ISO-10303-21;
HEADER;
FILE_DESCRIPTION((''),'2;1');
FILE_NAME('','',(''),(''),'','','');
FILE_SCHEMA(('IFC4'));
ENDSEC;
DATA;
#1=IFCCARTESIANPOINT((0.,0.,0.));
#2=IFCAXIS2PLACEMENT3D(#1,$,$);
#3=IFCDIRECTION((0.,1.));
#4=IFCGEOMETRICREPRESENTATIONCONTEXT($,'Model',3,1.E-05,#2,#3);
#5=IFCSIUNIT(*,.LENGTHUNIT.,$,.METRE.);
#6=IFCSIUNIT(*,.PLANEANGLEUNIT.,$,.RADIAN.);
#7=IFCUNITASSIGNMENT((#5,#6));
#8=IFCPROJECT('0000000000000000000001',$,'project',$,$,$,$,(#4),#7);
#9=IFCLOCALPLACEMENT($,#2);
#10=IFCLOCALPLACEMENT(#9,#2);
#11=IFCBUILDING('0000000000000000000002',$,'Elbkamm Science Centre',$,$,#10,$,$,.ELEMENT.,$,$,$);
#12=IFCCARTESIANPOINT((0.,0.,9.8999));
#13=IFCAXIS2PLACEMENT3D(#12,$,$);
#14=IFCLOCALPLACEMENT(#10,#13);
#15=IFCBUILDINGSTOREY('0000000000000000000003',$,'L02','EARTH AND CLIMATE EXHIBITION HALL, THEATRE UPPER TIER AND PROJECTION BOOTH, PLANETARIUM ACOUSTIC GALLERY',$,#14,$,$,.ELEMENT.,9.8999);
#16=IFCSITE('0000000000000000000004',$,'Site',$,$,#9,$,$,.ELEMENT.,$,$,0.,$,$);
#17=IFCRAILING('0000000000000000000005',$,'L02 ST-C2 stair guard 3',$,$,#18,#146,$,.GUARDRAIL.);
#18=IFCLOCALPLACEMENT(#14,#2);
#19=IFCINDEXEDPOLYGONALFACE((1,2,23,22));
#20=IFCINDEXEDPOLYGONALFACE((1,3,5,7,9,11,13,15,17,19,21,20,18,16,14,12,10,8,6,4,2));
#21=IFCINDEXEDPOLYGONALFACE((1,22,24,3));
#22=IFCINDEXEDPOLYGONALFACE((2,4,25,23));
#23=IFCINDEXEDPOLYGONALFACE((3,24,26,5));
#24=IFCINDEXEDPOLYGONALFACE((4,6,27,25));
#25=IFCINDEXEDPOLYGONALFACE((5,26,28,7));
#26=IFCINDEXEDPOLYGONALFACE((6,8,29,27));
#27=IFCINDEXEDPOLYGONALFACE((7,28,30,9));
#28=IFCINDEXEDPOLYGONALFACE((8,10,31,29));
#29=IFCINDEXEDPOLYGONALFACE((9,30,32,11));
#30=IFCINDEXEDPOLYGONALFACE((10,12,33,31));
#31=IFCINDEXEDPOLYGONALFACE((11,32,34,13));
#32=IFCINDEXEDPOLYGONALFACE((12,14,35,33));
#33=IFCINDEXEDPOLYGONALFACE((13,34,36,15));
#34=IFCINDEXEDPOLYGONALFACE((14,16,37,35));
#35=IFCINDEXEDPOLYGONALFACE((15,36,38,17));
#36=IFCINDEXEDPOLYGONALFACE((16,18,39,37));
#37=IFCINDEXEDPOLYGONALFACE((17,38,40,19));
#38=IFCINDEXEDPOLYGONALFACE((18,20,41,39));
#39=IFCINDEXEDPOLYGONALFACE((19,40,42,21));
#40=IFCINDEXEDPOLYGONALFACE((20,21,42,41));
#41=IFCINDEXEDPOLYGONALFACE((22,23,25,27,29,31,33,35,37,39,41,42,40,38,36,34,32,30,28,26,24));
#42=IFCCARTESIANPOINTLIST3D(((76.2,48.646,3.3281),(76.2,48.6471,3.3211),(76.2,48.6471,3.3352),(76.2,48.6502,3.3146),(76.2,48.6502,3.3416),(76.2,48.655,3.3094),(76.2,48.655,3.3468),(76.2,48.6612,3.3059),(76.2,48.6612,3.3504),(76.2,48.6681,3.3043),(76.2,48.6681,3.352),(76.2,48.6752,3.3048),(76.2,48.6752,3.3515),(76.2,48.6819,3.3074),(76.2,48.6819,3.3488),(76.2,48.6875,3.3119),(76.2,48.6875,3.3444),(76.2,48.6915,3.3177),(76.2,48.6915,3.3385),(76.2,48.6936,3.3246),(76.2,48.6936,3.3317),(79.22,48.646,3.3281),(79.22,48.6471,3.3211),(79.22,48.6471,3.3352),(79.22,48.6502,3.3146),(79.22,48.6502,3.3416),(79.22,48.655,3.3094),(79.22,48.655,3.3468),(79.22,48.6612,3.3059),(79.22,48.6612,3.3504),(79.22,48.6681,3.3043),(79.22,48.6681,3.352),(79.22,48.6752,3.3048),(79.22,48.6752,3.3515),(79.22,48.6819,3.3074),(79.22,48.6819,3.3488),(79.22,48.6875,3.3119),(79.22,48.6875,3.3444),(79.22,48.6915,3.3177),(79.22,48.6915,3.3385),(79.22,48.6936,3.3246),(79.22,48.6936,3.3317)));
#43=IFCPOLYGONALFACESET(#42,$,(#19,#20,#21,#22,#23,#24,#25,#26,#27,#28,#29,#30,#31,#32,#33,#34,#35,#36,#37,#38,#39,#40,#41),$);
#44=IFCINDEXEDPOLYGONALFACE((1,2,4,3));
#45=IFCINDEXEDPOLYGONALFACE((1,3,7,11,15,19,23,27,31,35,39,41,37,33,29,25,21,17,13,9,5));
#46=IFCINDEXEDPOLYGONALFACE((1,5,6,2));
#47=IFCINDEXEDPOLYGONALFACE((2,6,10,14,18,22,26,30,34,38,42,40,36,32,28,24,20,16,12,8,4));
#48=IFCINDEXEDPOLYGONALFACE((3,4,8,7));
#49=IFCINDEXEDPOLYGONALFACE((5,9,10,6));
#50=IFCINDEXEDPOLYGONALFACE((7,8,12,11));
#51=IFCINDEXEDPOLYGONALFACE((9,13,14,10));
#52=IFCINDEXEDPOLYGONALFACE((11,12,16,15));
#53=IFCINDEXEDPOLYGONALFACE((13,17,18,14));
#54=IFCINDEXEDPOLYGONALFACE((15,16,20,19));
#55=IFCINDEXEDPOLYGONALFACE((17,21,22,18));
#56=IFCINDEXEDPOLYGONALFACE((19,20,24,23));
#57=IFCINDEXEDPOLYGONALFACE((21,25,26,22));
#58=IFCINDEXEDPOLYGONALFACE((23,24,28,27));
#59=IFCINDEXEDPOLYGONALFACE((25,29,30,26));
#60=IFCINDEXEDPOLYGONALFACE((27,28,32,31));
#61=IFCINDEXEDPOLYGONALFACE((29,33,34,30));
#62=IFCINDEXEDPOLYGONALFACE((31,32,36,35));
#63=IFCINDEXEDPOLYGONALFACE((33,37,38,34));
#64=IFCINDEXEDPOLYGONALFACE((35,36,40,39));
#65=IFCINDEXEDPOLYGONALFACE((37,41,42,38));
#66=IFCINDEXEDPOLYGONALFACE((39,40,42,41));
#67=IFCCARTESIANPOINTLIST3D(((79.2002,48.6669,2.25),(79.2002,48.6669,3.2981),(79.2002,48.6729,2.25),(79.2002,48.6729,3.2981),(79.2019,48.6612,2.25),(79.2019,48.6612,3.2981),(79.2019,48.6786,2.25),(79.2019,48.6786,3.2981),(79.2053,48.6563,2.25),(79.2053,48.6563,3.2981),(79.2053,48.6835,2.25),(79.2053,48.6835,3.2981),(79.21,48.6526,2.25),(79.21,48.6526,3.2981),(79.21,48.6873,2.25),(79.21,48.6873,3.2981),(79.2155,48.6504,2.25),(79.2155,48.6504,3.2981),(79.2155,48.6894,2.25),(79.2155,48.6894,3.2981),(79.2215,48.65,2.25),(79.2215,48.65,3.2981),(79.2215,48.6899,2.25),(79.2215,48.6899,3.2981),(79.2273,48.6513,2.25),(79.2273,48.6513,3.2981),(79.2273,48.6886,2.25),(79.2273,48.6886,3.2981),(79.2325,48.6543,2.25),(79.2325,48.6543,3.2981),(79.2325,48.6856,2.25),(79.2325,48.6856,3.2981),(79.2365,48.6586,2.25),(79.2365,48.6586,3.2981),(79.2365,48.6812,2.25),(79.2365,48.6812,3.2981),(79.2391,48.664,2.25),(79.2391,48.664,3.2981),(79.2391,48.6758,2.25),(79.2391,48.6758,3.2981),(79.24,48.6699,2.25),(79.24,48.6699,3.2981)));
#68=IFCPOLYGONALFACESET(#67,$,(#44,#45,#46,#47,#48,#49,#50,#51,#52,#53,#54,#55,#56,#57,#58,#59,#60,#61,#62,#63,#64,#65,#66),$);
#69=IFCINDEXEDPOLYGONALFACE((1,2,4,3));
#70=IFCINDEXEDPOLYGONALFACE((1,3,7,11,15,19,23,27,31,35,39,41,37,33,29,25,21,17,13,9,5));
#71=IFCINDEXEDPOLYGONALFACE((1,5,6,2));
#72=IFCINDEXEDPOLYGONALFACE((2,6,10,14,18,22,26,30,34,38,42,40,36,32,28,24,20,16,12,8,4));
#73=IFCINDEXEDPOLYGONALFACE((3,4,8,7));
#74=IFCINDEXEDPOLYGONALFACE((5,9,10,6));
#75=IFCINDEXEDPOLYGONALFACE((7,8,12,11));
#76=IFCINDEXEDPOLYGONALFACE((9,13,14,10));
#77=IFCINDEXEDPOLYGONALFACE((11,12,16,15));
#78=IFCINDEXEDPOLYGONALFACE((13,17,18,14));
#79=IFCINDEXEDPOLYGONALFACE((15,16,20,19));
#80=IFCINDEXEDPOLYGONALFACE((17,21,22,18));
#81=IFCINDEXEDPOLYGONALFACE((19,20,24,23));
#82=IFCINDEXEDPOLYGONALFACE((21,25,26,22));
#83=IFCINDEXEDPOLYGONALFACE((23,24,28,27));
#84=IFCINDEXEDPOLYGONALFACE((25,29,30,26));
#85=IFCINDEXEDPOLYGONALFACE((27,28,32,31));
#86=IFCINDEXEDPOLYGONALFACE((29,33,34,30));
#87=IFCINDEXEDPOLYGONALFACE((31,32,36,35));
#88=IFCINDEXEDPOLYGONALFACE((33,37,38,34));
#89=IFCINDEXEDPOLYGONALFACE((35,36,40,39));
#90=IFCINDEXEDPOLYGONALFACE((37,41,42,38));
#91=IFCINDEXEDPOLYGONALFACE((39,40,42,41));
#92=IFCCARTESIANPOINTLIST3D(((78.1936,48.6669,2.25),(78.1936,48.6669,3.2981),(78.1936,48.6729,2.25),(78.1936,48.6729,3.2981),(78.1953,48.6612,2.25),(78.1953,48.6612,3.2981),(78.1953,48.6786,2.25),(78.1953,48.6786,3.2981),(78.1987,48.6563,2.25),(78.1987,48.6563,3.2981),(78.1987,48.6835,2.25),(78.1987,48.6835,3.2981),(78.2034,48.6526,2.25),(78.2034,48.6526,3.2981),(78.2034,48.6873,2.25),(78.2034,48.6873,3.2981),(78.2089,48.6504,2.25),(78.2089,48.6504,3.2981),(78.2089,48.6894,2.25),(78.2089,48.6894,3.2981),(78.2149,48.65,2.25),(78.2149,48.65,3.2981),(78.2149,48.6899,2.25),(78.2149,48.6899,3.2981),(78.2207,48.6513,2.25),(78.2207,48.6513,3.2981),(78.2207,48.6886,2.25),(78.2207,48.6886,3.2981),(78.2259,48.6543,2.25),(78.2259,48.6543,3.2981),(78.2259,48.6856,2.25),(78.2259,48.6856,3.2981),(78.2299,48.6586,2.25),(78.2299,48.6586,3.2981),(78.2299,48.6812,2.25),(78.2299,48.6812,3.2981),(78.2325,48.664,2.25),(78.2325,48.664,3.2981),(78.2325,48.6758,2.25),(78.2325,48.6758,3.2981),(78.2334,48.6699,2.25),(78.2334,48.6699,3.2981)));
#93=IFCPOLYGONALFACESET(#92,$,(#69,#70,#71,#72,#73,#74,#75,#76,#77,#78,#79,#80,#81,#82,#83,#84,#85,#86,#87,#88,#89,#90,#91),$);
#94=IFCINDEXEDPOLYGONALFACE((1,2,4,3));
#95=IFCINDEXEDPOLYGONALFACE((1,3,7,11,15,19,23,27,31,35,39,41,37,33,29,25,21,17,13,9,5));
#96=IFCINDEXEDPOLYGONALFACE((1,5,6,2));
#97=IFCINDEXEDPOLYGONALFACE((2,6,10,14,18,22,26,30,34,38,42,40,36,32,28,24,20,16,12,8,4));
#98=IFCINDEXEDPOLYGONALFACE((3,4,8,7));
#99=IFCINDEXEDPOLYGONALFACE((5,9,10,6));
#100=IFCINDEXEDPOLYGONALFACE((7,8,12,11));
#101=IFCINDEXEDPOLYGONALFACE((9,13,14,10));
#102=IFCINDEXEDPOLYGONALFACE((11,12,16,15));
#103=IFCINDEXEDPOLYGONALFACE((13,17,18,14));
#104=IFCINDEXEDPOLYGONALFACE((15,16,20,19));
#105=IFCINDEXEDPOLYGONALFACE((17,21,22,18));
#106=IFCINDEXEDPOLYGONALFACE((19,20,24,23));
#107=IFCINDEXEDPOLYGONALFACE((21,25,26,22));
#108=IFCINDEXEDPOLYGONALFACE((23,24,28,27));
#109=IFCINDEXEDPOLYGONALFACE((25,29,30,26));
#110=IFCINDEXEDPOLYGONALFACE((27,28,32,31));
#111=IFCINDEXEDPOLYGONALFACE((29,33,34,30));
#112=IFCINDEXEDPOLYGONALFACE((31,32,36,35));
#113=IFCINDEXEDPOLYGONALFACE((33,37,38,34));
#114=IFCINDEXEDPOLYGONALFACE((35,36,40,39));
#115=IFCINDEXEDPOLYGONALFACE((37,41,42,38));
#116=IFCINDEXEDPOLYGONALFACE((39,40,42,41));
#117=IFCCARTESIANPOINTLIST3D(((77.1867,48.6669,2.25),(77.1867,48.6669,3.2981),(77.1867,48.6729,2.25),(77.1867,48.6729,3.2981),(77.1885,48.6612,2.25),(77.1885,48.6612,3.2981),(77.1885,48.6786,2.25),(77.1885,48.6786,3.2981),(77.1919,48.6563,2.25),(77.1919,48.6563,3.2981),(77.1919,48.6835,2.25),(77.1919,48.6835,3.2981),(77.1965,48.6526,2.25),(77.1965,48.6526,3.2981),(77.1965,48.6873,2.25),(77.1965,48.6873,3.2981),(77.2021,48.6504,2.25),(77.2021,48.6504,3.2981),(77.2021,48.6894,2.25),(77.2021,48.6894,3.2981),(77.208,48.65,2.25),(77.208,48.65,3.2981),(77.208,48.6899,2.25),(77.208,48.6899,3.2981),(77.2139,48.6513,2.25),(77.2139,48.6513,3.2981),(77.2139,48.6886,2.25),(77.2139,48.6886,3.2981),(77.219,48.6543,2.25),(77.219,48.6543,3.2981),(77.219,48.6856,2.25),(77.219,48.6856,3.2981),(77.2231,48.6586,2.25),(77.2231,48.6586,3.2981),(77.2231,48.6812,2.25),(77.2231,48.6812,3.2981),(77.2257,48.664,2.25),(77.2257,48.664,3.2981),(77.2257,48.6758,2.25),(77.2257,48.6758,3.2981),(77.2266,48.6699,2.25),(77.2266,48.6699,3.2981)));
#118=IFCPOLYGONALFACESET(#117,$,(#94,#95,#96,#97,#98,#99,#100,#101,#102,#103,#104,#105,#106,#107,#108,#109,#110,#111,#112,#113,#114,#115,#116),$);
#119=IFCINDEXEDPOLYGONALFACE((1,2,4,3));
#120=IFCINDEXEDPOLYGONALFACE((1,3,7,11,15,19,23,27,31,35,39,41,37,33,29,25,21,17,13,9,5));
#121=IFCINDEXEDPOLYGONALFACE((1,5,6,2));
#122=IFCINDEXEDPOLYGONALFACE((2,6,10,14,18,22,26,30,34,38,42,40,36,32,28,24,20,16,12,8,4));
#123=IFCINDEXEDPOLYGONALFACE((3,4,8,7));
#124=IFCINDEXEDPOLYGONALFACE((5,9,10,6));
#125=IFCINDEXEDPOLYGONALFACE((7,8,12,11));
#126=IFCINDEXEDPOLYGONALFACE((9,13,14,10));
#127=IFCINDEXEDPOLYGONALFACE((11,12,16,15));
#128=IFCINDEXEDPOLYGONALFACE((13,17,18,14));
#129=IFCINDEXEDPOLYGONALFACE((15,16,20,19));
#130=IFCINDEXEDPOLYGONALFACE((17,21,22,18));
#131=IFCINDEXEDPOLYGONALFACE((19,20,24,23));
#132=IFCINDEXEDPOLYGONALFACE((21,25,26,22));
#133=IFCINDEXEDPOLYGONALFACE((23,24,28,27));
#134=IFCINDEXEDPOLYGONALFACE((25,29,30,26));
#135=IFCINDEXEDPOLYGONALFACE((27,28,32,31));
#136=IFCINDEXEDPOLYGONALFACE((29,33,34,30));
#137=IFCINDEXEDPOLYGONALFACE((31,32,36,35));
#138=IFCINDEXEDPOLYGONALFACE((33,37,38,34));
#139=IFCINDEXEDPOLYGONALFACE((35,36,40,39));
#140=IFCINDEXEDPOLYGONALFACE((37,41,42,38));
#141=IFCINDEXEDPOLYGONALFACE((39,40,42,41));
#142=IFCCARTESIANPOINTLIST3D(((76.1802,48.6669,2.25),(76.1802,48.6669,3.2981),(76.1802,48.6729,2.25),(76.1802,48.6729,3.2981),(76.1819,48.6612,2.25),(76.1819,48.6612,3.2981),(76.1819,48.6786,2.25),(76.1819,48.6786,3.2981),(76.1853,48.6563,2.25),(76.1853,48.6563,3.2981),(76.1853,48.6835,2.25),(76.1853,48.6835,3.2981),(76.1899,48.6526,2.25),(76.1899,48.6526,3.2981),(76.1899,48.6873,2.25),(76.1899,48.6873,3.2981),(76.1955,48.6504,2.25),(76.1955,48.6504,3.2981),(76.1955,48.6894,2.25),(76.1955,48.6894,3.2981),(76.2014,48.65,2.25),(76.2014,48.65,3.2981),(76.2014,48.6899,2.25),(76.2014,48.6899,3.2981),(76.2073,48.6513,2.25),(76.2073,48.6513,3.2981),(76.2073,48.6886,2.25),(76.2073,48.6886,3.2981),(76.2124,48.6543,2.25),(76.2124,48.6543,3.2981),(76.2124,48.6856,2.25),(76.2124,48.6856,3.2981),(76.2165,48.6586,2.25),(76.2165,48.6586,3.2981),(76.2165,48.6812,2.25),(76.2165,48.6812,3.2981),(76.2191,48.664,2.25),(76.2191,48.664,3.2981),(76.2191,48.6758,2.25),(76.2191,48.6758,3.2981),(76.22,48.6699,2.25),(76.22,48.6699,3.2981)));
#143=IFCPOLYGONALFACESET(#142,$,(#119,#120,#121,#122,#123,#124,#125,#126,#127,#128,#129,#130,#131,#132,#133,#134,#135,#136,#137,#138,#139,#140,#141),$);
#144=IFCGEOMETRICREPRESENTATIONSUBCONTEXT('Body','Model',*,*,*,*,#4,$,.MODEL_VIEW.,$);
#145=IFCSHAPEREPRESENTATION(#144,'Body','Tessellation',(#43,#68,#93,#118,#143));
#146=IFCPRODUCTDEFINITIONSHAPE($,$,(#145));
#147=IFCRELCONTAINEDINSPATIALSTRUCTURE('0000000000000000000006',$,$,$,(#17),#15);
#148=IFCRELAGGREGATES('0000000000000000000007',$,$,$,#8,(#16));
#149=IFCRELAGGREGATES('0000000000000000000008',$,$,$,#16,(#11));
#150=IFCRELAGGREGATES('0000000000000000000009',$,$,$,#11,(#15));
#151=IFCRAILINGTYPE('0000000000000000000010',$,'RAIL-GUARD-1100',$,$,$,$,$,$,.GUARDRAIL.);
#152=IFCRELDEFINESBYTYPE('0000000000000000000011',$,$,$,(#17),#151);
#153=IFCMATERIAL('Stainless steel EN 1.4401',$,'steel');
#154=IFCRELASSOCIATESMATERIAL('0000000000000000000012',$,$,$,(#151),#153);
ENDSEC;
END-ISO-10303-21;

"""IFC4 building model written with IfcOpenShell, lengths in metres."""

from ifc_helpers import new_model, si_unit, direction, frame, origin, origin_2d, place, context, subcontext, project, spatial, circle, extrude, material, type_object, element, save


model = new_model("IFC4")

# Units and contexts
model_context = context("Model", 3, precision=1e-05, world=origin(), true_north=direction((0.0, 1.0)))
body_context = subcontext(model_context, "Body", "Model", "MODEL_VIEW")
ifc_project = project(units=[si_unit("LENGTHUNIT", "METRE"), si_unit("PLANEANGLEUNIT", "RADIAN")], contexts=[model_context])

# Site, building, storey
site_placement = place(None, origin())
site = spatial("IfcSite", under=ifc_project, at=site_placement, Name="Site", CompositionType="ELEMENT", RefElevation=0.0)
building_placement = place(site_placement, origin())
building = spatial("IfcBuilding", under=site, at=building_placement, Name="Elbkamm Science Centre", CompositionType="ELEMENT")
storey_placement = place(building_placement, frame((0.0, 0.0, 9.8999)))
storey = spatial("IfcBuildingStorey", under=building, at=storey_placement, Name="L02", Description="EARTH AND CLIMATE EXHIBITION HALL, THEATRE UPPER TIER AND PROJECTION BOOTH, PLANETARIUM ACOUSTIC GALLERY", CompositionType="ELEMENT", Elevation=9.8999)

# Railing
ifc_material_1 = material(Name="Stainless steel EN 1.4401", Category="steel")
railing_type_1 = type_object("IfcRailingType", Name="RAIL-GUARD-1100", PredefinedType="GUARDRAIL", material=ifc_material_1)
railing_1_placement = place(storey_placement, frame((79.22, 48.6699, 2.25)))
element("IfcRailing", 1, at=railing_1_placement, inside=storey, type_object=railing_type_1, Name="L02 ST-C2 stair guard 3", PredefinedType="GUARDRAIL", context=body_context, shape_type="SweptSolid", body=[
    extrude(circle(Radius=0.0239, at=origin_2d()), frame((0.0, 0.0, 1.0781), z_axis=(-1.0, 0.0, 0.0), x_axis=(0.0, -1.0, 0.0)), (0.0, 0.0, 1.0), 3.02),
    extrude(circle(Radius=0.02, at=origin_2d()), origin(), (0.0, 0.0, 1.0), 1.0481),
    extrude(circle(Radius=0.02, at=origin_2d()), frame((-1.0066, 0.0, 0.0)), (0.0, 0.0, 1.0), 1.0481),
    extrude(circle(Radius=0.02, at=origin_2d()), frame((-2.0134, 0.0, 0.0)), (0.0, 0.0, 1.0), 1.0481),
    extrude(circle(Radius=0.02, at=origin_2d()), frame((-3.02, 0.0, 0.0)), (0.0, 0.0, 1.0), 1.0481),
])

save(model, "model.ifc")
